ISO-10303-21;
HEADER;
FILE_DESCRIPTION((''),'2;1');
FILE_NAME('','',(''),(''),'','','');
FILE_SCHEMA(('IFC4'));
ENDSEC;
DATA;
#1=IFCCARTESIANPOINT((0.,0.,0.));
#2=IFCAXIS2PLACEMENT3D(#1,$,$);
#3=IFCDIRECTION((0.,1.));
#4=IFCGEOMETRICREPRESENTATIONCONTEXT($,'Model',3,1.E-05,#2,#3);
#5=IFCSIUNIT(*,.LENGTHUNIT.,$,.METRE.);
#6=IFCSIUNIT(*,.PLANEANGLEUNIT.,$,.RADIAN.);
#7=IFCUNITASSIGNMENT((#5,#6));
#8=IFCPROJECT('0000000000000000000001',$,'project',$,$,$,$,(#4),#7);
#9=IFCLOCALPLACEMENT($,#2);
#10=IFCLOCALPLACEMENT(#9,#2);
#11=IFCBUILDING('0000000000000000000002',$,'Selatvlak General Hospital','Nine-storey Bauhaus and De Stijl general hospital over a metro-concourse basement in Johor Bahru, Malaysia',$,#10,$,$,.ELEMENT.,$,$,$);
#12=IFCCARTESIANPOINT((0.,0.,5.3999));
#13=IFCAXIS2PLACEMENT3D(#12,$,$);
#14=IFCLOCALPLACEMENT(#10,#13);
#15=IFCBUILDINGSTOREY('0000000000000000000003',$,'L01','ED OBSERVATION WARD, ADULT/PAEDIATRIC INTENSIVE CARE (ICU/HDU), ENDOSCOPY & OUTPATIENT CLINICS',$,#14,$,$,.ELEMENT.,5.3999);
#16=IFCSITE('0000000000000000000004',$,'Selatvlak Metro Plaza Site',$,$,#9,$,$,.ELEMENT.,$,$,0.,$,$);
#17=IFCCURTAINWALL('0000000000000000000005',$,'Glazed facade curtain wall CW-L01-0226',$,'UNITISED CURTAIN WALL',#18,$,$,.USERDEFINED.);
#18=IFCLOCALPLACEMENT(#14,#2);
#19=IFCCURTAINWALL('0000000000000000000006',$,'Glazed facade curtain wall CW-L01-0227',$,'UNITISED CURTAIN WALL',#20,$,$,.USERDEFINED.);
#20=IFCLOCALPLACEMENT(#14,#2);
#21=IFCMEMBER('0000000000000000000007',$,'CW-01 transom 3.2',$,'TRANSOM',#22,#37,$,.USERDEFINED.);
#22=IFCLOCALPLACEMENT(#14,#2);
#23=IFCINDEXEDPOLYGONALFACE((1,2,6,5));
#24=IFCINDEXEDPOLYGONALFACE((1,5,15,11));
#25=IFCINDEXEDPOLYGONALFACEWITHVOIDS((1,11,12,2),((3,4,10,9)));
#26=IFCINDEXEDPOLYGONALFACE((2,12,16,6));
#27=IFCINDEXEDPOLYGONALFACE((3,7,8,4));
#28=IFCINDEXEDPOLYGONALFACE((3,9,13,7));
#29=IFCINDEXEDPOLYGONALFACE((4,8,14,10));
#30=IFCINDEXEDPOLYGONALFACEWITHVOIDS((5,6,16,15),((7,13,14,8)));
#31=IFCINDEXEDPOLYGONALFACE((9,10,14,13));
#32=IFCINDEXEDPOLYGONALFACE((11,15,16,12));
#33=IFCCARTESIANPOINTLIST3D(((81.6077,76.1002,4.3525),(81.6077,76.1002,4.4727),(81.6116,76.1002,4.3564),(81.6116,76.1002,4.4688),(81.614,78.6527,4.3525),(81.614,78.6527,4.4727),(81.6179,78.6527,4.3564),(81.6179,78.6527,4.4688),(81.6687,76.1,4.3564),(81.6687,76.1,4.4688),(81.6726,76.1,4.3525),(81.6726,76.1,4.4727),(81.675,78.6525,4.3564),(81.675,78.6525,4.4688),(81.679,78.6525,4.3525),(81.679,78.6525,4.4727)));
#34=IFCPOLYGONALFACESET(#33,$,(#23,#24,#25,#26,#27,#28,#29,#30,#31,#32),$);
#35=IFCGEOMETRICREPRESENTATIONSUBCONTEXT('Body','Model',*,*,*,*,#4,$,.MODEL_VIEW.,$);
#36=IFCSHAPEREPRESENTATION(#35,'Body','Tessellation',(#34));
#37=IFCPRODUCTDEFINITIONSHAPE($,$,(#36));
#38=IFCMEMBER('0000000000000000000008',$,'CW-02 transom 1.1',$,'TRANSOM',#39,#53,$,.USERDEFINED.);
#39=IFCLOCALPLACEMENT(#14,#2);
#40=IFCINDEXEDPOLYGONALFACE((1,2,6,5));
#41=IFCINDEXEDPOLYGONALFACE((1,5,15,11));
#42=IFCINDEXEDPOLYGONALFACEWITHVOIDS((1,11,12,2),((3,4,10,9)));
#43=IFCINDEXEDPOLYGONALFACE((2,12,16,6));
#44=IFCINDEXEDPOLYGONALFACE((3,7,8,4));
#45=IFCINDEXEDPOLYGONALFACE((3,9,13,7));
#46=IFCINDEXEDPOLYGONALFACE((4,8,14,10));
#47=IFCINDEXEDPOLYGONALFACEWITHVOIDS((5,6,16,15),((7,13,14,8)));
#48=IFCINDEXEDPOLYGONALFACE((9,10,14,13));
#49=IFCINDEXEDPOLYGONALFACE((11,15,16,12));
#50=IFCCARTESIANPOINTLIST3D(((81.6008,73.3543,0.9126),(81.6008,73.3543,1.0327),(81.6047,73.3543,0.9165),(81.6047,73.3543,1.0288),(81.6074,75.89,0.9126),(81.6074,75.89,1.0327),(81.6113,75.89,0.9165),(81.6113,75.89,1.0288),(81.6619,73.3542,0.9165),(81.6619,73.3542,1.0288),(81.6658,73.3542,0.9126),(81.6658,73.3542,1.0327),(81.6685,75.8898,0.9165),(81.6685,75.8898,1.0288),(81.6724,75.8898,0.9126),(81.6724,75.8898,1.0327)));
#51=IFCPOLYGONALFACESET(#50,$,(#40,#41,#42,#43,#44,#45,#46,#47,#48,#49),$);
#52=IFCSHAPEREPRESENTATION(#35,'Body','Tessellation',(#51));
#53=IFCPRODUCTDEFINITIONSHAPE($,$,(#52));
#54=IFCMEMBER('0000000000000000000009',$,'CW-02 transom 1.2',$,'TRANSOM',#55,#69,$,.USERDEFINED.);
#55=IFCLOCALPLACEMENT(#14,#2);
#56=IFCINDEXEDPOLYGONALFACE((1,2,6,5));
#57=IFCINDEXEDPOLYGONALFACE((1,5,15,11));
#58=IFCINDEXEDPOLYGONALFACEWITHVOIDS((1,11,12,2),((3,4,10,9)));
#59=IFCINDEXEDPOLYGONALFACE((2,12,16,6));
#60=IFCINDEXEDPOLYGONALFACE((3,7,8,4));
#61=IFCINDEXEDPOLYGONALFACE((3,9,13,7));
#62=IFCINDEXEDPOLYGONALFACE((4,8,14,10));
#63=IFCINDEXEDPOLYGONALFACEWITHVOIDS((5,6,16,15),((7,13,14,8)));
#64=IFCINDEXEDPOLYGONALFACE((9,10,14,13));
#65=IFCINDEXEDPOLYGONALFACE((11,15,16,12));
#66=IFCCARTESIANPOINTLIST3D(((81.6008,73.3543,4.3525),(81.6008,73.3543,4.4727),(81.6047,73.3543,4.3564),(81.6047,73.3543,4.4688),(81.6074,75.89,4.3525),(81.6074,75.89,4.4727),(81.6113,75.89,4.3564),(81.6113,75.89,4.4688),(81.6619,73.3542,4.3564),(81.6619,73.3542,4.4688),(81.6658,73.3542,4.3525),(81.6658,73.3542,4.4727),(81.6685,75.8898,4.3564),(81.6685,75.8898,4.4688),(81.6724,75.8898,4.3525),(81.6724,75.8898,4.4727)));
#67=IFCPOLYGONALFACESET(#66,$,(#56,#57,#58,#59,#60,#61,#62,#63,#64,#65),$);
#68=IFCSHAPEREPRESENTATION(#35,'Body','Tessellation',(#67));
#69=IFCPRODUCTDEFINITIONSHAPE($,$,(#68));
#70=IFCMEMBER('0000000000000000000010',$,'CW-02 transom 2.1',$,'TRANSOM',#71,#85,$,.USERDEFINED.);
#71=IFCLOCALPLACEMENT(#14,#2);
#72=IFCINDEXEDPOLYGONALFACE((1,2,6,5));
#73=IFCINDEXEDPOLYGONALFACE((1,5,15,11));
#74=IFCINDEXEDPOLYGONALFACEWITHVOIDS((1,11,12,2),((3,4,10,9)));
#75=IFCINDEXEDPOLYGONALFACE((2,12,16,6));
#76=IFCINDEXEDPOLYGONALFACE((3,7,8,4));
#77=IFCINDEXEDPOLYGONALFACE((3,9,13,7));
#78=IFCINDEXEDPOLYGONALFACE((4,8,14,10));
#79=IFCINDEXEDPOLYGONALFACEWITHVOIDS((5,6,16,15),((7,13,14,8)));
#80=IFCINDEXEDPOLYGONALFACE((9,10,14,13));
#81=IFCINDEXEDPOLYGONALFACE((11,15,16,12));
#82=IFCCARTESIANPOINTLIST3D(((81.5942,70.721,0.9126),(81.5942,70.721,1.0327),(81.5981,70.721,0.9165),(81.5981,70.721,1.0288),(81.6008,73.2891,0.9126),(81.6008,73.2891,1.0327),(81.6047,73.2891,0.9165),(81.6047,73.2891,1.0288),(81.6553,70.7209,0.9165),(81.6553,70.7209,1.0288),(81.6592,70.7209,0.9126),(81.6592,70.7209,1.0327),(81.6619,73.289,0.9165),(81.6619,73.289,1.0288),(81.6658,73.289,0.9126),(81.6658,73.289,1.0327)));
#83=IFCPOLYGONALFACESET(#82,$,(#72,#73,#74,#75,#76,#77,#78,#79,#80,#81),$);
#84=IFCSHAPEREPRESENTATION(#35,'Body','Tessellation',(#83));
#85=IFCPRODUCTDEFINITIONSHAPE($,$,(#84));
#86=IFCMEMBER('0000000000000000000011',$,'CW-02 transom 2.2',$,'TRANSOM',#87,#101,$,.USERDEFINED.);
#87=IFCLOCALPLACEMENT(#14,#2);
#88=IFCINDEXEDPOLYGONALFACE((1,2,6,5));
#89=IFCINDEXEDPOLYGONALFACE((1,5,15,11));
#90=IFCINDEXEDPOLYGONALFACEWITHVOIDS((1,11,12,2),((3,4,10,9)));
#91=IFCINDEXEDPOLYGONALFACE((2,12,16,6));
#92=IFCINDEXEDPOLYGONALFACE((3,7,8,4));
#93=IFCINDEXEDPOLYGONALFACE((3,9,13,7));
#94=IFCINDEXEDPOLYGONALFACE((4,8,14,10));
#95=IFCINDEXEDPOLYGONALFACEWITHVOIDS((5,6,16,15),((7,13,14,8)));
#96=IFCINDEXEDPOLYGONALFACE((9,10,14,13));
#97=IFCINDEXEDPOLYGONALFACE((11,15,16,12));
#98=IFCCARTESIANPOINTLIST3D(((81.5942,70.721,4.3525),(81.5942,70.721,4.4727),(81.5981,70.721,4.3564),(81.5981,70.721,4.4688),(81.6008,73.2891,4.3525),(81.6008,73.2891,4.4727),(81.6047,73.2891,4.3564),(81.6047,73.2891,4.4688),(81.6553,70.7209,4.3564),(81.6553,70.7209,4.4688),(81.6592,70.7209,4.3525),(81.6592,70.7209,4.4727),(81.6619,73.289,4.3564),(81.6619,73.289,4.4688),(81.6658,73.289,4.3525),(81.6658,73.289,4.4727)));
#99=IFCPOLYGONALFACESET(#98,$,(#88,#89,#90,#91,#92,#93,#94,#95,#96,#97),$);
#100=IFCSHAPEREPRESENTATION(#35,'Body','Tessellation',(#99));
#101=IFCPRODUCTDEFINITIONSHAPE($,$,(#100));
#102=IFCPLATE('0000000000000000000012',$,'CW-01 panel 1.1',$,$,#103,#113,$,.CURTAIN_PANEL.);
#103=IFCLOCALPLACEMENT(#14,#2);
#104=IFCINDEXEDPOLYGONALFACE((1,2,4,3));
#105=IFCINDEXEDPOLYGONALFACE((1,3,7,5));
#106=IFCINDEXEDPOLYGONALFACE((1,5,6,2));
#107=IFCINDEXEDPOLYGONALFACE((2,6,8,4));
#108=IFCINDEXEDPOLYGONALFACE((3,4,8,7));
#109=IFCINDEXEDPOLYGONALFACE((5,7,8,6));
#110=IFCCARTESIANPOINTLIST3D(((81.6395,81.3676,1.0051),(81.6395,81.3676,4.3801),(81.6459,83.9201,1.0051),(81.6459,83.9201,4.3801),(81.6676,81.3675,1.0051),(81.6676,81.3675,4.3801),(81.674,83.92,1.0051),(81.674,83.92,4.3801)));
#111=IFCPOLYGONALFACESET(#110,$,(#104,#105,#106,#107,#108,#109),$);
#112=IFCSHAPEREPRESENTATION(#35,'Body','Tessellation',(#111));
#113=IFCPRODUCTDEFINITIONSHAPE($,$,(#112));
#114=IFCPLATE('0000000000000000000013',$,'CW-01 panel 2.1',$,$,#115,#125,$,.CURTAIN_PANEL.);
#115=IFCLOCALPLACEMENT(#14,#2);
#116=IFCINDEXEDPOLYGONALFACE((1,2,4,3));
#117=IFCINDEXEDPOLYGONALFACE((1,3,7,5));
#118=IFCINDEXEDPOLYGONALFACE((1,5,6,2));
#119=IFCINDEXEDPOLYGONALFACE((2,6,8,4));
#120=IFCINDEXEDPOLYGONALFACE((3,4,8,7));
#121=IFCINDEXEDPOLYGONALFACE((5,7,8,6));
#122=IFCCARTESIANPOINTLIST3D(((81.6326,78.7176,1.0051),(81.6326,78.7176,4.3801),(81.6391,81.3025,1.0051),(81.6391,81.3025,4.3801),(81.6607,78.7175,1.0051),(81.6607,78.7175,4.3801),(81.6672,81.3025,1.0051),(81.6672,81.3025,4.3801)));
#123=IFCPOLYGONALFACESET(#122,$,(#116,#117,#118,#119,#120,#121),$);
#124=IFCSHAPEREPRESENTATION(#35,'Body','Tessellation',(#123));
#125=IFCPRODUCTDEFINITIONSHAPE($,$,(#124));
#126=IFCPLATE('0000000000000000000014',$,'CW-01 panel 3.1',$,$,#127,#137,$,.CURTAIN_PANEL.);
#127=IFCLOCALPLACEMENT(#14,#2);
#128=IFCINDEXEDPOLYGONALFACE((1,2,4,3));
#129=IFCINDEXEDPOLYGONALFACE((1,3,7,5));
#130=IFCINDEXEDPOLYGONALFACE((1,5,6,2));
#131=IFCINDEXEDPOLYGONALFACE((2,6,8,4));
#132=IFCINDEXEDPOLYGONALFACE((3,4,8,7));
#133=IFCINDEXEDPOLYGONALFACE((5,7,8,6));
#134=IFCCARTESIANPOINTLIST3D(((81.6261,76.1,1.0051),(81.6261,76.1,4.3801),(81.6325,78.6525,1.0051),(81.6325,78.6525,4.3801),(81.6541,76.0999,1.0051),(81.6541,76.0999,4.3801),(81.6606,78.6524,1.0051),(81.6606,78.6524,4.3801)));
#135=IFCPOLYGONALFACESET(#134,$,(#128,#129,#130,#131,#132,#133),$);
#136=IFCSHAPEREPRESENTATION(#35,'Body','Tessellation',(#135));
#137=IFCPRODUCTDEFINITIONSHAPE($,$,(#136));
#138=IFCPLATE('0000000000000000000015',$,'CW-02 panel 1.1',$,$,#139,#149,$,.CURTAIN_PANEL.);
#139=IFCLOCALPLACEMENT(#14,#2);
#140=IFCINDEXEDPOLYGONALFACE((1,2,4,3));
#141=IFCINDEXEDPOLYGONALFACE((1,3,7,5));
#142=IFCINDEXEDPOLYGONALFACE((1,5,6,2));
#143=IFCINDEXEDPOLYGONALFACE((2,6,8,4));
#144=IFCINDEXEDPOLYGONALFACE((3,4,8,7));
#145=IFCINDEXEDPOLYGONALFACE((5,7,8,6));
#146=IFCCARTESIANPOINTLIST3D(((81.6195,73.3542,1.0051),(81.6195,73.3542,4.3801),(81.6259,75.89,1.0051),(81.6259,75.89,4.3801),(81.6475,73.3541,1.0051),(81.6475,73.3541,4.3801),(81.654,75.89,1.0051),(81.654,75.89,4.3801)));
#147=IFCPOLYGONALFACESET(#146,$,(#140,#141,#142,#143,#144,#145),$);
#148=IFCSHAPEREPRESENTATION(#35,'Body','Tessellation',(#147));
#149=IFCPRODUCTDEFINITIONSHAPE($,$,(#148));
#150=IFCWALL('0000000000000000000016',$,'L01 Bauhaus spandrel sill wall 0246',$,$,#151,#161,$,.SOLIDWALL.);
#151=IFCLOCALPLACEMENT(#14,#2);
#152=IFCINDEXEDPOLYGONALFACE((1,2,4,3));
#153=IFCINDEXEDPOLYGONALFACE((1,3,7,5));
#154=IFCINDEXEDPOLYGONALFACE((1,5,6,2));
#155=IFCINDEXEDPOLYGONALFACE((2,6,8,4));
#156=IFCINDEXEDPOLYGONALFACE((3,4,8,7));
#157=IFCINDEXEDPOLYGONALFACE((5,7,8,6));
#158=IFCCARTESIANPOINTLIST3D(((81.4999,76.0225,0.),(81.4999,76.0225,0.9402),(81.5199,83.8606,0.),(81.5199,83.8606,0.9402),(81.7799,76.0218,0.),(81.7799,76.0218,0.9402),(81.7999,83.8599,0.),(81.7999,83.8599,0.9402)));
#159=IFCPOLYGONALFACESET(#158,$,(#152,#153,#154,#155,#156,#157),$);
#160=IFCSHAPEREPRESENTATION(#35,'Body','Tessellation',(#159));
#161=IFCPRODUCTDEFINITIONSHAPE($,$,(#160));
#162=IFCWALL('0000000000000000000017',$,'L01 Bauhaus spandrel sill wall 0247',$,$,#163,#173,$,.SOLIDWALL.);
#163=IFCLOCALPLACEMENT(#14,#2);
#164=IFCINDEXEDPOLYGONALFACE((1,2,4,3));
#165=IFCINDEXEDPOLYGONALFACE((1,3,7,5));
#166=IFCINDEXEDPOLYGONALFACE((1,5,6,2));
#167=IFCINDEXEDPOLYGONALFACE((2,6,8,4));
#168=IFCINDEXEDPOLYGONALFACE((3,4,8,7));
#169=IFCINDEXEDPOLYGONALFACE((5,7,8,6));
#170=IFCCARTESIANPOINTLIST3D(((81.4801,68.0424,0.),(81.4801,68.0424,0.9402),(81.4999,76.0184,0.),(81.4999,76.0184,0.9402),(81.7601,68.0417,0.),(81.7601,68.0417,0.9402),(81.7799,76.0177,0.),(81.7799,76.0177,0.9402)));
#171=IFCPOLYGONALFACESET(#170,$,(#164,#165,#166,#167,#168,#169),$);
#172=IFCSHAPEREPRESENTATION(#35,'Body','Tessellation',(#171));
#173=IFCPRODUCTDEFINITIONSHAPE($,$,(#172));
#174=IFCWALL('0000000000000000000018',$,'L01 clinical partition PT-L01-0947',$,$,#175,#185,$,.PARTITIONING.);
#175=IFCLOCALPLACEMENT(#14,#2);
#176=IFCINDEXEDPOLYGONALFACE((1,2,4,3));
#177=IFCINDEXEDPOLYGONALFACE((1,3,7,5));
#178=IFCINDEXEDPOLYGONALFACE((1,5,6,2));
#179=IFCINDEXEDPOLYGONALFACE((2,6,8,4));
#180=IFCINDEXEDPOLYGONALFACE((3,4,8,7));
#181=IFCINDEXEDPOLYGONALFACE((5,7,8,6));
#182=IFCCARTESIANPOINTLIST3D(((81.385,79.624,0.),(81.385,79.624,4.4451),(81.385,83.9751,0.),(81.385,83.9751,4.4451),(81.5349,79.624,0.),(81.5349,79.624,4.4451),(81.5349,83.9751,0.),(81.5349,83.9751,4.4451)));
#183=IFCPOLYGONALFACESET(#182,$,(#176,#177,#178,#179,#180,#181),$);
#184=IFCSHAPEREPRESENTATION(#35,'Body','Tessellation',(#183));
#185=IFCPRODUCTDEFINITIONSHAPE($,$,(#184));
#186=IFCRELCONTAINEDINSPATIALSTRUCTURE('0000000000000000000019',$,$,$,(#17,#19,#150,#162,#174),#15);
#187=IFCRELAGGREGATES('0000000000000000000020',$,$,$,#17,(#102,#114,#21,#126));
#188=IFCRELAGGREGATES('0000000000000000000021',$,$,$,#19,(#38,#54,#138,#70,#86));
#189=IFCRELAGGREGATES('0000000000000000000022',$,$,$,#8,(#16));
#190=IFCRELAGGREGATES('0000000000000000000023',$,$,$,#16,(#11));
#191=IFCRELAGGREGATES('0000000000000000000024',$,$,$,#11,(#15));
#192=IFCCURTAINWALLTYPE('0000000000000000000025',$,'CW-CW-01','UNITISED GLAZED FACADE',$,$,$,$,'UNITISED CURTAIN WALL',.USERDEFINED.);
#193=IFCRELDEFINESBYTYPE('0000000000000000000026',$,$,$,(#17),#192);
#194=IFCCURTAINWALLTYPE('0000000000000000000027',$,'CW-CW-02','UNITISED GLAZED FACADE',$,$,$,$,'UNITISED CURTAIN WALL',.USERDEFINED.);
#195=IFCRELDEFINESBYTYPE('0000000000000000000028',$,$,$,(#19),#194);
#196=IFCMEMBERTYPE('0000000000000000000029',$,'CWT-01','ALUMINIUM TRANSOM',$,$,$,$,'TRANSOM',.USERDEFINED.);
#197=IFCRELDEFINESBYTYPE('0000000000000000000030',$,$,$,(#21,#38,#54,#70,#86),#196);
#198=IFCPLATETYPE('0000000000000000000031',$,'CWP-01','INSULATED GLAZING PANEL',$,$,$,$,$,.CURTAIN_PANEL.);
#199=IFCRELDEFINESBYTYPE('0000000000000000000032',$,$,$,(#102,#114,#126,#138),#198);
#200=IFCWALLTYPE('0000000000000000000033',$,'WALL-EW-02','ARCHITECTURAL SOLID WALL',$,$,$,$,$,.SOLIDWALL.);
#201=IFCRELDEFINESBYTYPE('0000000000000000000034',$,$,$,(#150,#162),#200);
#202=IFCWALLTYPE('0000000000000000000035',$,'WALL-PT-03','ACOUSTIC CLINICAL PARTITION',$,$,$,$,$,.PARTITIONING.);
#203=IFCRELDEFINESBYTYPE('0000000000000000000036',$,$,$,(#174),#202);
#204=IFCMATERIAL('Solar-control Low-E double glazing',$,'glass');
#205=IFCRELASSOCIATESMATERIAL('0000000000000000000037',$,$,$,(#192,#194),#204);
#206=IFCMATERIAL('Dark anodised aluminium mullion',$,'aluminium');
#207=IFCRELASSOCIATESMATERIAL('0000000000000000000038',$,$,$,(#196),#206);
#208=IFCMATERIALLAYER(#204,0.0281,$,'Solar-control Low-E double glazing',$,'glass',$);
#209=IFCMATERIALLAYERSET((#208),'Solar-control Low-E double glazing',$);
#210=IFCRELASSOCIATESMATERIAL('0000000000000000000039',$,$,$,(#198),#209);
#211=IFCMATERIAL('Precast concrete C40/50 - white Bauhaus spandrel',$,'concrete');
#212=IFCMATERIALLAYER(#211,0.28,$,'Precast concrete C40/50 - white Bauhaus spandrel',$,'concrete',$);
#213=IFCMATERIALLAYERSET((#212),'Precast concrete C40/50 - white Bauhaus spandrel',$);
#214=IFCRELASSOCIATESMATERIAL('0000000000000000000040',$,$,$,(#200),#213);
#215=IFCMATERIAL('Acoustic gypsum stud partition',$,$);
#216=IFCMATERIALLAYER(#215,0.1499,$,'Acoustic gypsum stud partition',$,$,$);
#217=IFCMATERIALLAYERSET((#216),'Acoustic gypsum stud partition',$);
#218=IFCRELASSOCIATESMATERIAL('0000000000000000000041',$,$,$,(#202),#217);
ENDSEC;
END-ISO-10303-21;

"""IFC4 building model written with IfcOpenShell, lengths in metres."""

from ifc_helpers import new_model, si_unit, direction, frame, frame_2d, origin, origin_2d, place, context, subcontext, project, spatial, rectangle, hollow_rectangle, extrude, material, layer, layer_set, material_profile, profile_set, type_object, element, aggregate, save


model = new_model("IFC4")

# Units and contexts
model_context = context("Model", 3, precision=1e-05, world=origin(), true_north=direction((0.0, 1.0)))
body_context = subcontext(model_context, "Body", "Model", "MODEL_VIEW")
ifc_project = project(units=[si_unit("LENGTHUNIT", "METRE"), si_unit("PLANEANGLEUNIT", "RADIAN")], contexts=[model_context])

# Site, building, storey
site_placement = place(None, origin())
site = spatial("IfcSite", under=ifc_project, at=site_placement, Name="Selatvlak Metro Plaza Site", CompositionType="ELEMENT", RefElevation=0.0)
building_placement = place(site_placement, origin())
building = spatial("IfcBuilding", under=site, at=building_placement, Name="Selatvlak General Hospital", Description="Nine-storey Bauhaus and De Stijl general hospital over a metro-concourse basement in Johor Bahru, Malaysia", CompositionType="ELEMENT")
storey_placement = place(building_placement, frame((0.0, 0.0, 5.3999)))
storey = spatial("IfcBuildingStorey", under=building, at=storey_placement, Name="L01", Description="ED OBSERVATION WARD, ADULT/PAEDIATRIC INTENSIVE CARE (ICU/HDU), ENDOSCOPY & OUTPATIENT CLINICS", CompositionType="ELEMENT", Elevation=5.3999)

# Curtain walls
ifc_material_1 = material(Name="Solar-control Low-E double glazing", Category="glass")
curtain_wall_type_1 = type_object("IfcCurtainWallType", Name="CW-CW-01", Description="UNITISED GLAZED FACADE", ElementType="UNITISED CURTAIN WALL", PredefinedType="USERDEFINED", material=ifc_material_1)
curtain_wall_1_placement = place(storey_placement, origin())
curtain_wall_1 = element("IfcCurtainWall", 1, at=curtain_wall_1_placement, inside=storey, type_object=curtain_wall_type_1, Name="Glazed facade curtain wall CW-L01-0226", ObjectType="UNITISED CURTAIN WALL", PredefinedType="USERDEFINED")
ifc_material_2 = material(Name="Dark anodised aluminium mullion", Category="aluminium")
curtain_wall_type_2 = type_object("IfcCurtainWallType", Name="CW-CW-02", Description="UNITISED GLAZED FACADE", ElementType="UNITISED CURTAIN WALL", PredefinedType="USERDEFINED", material=ifc_material_1)
curtain_wall_2_placement = place(storey_placement, origin())
curtain_wall_2 = element("IfcCurtainWall", 2, at=curtain_wall_2_placement, inside=storey, type_object=curtain_wall_type_2, Name="Glazed facade curtain wall CW-L01-0227", ObjectType="UNITISED CURTAIN WALL", PredefinedType="USERDEFINED")

# Members
ifc_material_profile_1 = material_profile(ifc_material_2, hollow_rectangle(XDim=0.0649, YDim=0.1201, WallThickness=0.0039, at=origin_2d()), Name="AL-TRN 65x120x4")
ifc_profile_set_1 = profile_set([ifc_material_profile_1], Name="Dark anodised aluminium mullion")
member_type_1 = type_object("IfcMemberType", Name="CWT-01", Description="ALUMINIUM TRANSOM", ElementType="TRANSOM", PredefinedType="USERDEFINED", material=ifc_profile_set_1)
member_1_placement = place(storey_placement, frame((81.6465, 78.6526, 4.4126), z_axis=(-0.002487, -0.999997, 0.0), x_axis=(0.999997, -0.002487, 0.0)))
member_1 = element("IfcMember", 3, at=member_1_placement, type_object=member_type_1, Name="CW-01 transom 3.2", ObjectType="TRANSOM", PredefinedType="USERDEFINED", context=body_context, shape_type="SweptSolid", body=[
    extrude(hollow_rectangle(XDim=0.0649, YDim=0.1201, WallThickness=0.0039, at=origin_2d()), origin(), (0.0, 0.0, 1.0), 2.5525),
])
member_2_placement = place(storey_placement, frame((81.6399, 75.8899, 0.9727), z_axis=(-0.0026, -0.999997, 0.0), x_axis=(0.999997, -0.0026, 0.0)))
member_2 = element("IfcMember", 4, at=member_2_placement, type_object=member_type_1, Name="CW-02 transom 1.1", ObjectType="TRANSOM", PredefinedType="USERDEFINED", context=body_context, shape_type="SweptSolid", body=[
    extrude(hollow_rectangle(XDim=0.0649, YDim=0.1201, WallThickness=0.0039, at=origin_2d()), origin(), (0.0, 0.0, 1.0), 2.5356),
])
member_3_placement = place(storey_placement, frame((81.6399, 75.8899, 4.4126), z_axis=(-0.0026, -0.999997, 0.0), x_axis=(0.999997, -0.0026, 0.0)))
member_3 = element("IfcMember", 5, at=member_3_placement, type_object=member_type_1, Name="CW-02 transom 1.2", ObjectType="TRANSOM", PredefinedType="USERDEFINED", context=body_context, shape_type="SweptSolid", body=[
    extrude(hollow_rectangle(XDim=0.0649, YDim=0.1201, WallThickness=0.0039, at=origin_2d()), origin(), (0.0, 0.0, 1.0), 2.5356),
])
member_4_placement = place(storey_placement, frame((81.6333, 73.2891, 0.9727), z_axis=(-0.002567, -0.999997, 0.0), x_axis=(0.999997, -0.002567, 0.0)))
member_4 = element("IfcMember", 6, at=member_4_placement, type_object=member_type_1, Name="CW-02 transom 2.1", ObjectType="TRANSOM", PredefinedType="USERDEFINED", context=body_context, shape_type="SweptSolid", body=[
    extrude(hollow_rectangle(XDim=0.0649, YDim=0.1201, WallThickness=0.0039, at=origin_2d()), origin(), (0.0, 0.0, 1.0), 2.5681),
])
member_5_placement = place(storey_placement, frame((81.6333, 73.2891, 4.4126), z_axis=(-0.002567, -0.999997, 0.0), x_axis=(0.999997, -0.002567, 0.0)))
member_5 = element("IfcMember", 7, at=member_5_placement, type_object=member_type_1, Name="CW-02 transom 2.2", ObjectType="TRANSOM", PredefinedType="USERDEFINED", context=body_context, shape_type="SweptSolid", body=[
    extrude(hollow_rectangle(XDim=0.0649, YDim=0.1201, WallThickness=0.0039, at=origin_2d()), origin(), (0.0, 0.0, 1.0), 2.5681),
])

# Plates
ifc_layer_1 = layer(ifc_material_1, 0.0281, Name="Solar-control Low-E double glazing", Category="glass")
ifc_layer_set_1 = layer_set([ifc_layer_1], Name="Solar-control Low-E double glazing")
plate_type = type_object("IfcPlateType", Name="CWP-01", Description="INSULATED GLAZING PANEL", PredefinedType="CURTAIN_PANEL", material=ifc_layer_set_1)
plate_1_placement = place(storey_placement, frame((81.6567, 82.6438, 1.0051), z_axis=(0.0, 0.0, 1.0), x_axis=(-0.002516, -0.999997, 0.0)))
plate_1 = element("IfcPlate", 8, at=plate_1_placement, type_object=plate_type, Name="CW-01 panel 1.1", PredefinedType="CURTAIN_PANEL", context=body_context, shape_type="SweptSolid", body=[
    extrude(rectangle(XDim=2.5525, YDim=0.0281, at=origin_2d()), origin(), (0.0, 0.0, 1.0), 3.375),
])
plate_2_placement = place(storey_placement, frame((81.6499, 80.01, 1.0051), z_axis=(0.0, 0.0, 1.0), x_axis=(-0.002516, -0.999997, 0.0)))
plate_2 = element("IfcPlate", 9, at=plate_2_placement, type_object=plate_type, Name="CW-01 panel 2.1", PredefinedType="CURTAIN_PANEL", context=body_context, shape_type="SweptSolid", body=[
    extrude(rectangle(XDim=2.585, YDim=0.0281, at=origin_2d()), origin(), (0.0, 0.0, 1.0), 3.375),
])
plate_3_placement = place(storey_placement, frame((81.6433, 77.3762, 1.0051), z_axis=(0.0, 0.0, 1.0), x_axis=(-0.002516, -0.999997, 0.0)))
plate_3 = element("IfcPlate", 10, at=plate_3_placement, type_object=plate_type, Name="CW-01 panel 3.1", PredefinedType="CURTAIN_PANEL", context=body_context, shape_type="SweptSolid", body=[
    extrude(rectangle(XDim=2.5525, YDim=0.0281, at=origin_2d()), origin(), (0.0, 0.0, 1.0), 3.375),
])
aggregate(curtain_wall_1, [plate_1, plate_2, member_1, plate_3])
plate_4_placement = place(storey_placement, frame((81.6367, 74.6221, 1.0051), z_axis=(0.0, 0.0, 1.0), x_axis=(-0.002532, -0.999997, 0.0)))
plate_4 = element("IfcPlate", 11, at=plate_4_placement, type_object=plate_type, Name="CW-02 panel 1.1", PredefinedType="CURTAIN_PANEL", context=body_context, shape_type="SweptSolid", body=[
    extrude(rectangle(XDim=2.5359, YDim=0.0281, at=origin_2d()), origin(), (0.0, 0.0, 1.0), 3.375),
])
aggregate(curtain_wall_2, [member_2, member_3, plate_4, member_4, member_5])

# Walls
ifc_material_3 = material(Name="Precast concrete C40/50 - white Bauhaus spandrel", Category="concrete")
ifc_layer_2 = layer(ifc_material_3, 0.28, Name="Precast concrete C40/50 - white Bauhaus spandrel", Category="concrete")
ifc_layer_set_2 = layer_set([ifc_layer_2], Name="Precast concrete C40/50 - white Bauhaus spandrel")
wall_type_1 = type_object("IfcWallType", Name="WALL-EW-02", Description="ARCHITECTURAL SOLID WALL", PredefinedType="SOLIDWALL", material=ifc_layer_set_2)
wall_1_placement = place(storey_placement, frame((81.6599, 83.8601, 0.0), z_axis=(0.0, 0.0, 1.0), x_axis=(-0.002554, -0.999997, 0.0)))
element("IfcWall", 12, at=wall_1_placement, inside=storey, type_object=wall_type_1, Name="L01 Bauhaus spandrel sill wall 0246", PredefinedType="SOLIDWALL", context=body_context, shape_type="SweptSolid", body=[
    extrude(rectangle(XDim=7.8381, YDim=0.28, at=frame_2d((3.9189, 0.0))), origin(), (0.0, 0.0, 1.0), 0.9402),
])
wall_2_placement = place(storey_placement, frame((81.6399, 76.0181, 0.0), z_axis=(0.0, 0.0, 1.0), x_axis=(-0.002479, -0.999997, 0.0)))
element("IfcWall", 13, at=wall_2_placement, inside=storey, type_object=wall_type_1, Name="L01 Bauhaus spandrel sill wall 0247", PredefinedType="SOLIDWALL", context=body_context, shape_type="SweptSolid", body=[
    extrude(rectangle(XDim=7.9761, YDim=0.28, at=frame_2d((3.988, 0.0))), origin(), (0.0, 0.0, 1.0), 0.9402),
])
ifc_material_4 = material(Name="Acoustic gypsum stud partition")
ifc_layer_3 = layer(ifc_material_4, 0.1499, Name="Acoustic gypsum stud partition")
ifc_layer_set_3 = layer_set([ifc_layer_3], Name="Acoustic gypsum stud partition")
wall_type_2 = type_object("IfcWallType", Name="WALL-PT-03", Description="ACOUSTIC CLINICAL PARTITION", PredefinedType="PARTITIONING", material=ifc_layer_set_3)
wall_3_placement = place(storey_placement, frame((81.46, 83.9751, 0.0), z_axis=(0.0, 0.0, 1.0), x_axis=(0.0, -1.0, 0.0)))
element("IfcWall", 14, at=wall_3_placement, inside=storey, type_object=wall_type_2, Name="L01 clinical partition PT-L01-0947", PredefinedType="PARTITIONING", context=body_context, shape_type="SweptSolid", body=[
    extrude(rectangle(XDim=4.3511, YDim=0.1499, at=frame_2d((2.1755, 0.0))), origin(), (0.0, 0.0, 1.0), 4.4451),
])

save(model, "model.ifc")
